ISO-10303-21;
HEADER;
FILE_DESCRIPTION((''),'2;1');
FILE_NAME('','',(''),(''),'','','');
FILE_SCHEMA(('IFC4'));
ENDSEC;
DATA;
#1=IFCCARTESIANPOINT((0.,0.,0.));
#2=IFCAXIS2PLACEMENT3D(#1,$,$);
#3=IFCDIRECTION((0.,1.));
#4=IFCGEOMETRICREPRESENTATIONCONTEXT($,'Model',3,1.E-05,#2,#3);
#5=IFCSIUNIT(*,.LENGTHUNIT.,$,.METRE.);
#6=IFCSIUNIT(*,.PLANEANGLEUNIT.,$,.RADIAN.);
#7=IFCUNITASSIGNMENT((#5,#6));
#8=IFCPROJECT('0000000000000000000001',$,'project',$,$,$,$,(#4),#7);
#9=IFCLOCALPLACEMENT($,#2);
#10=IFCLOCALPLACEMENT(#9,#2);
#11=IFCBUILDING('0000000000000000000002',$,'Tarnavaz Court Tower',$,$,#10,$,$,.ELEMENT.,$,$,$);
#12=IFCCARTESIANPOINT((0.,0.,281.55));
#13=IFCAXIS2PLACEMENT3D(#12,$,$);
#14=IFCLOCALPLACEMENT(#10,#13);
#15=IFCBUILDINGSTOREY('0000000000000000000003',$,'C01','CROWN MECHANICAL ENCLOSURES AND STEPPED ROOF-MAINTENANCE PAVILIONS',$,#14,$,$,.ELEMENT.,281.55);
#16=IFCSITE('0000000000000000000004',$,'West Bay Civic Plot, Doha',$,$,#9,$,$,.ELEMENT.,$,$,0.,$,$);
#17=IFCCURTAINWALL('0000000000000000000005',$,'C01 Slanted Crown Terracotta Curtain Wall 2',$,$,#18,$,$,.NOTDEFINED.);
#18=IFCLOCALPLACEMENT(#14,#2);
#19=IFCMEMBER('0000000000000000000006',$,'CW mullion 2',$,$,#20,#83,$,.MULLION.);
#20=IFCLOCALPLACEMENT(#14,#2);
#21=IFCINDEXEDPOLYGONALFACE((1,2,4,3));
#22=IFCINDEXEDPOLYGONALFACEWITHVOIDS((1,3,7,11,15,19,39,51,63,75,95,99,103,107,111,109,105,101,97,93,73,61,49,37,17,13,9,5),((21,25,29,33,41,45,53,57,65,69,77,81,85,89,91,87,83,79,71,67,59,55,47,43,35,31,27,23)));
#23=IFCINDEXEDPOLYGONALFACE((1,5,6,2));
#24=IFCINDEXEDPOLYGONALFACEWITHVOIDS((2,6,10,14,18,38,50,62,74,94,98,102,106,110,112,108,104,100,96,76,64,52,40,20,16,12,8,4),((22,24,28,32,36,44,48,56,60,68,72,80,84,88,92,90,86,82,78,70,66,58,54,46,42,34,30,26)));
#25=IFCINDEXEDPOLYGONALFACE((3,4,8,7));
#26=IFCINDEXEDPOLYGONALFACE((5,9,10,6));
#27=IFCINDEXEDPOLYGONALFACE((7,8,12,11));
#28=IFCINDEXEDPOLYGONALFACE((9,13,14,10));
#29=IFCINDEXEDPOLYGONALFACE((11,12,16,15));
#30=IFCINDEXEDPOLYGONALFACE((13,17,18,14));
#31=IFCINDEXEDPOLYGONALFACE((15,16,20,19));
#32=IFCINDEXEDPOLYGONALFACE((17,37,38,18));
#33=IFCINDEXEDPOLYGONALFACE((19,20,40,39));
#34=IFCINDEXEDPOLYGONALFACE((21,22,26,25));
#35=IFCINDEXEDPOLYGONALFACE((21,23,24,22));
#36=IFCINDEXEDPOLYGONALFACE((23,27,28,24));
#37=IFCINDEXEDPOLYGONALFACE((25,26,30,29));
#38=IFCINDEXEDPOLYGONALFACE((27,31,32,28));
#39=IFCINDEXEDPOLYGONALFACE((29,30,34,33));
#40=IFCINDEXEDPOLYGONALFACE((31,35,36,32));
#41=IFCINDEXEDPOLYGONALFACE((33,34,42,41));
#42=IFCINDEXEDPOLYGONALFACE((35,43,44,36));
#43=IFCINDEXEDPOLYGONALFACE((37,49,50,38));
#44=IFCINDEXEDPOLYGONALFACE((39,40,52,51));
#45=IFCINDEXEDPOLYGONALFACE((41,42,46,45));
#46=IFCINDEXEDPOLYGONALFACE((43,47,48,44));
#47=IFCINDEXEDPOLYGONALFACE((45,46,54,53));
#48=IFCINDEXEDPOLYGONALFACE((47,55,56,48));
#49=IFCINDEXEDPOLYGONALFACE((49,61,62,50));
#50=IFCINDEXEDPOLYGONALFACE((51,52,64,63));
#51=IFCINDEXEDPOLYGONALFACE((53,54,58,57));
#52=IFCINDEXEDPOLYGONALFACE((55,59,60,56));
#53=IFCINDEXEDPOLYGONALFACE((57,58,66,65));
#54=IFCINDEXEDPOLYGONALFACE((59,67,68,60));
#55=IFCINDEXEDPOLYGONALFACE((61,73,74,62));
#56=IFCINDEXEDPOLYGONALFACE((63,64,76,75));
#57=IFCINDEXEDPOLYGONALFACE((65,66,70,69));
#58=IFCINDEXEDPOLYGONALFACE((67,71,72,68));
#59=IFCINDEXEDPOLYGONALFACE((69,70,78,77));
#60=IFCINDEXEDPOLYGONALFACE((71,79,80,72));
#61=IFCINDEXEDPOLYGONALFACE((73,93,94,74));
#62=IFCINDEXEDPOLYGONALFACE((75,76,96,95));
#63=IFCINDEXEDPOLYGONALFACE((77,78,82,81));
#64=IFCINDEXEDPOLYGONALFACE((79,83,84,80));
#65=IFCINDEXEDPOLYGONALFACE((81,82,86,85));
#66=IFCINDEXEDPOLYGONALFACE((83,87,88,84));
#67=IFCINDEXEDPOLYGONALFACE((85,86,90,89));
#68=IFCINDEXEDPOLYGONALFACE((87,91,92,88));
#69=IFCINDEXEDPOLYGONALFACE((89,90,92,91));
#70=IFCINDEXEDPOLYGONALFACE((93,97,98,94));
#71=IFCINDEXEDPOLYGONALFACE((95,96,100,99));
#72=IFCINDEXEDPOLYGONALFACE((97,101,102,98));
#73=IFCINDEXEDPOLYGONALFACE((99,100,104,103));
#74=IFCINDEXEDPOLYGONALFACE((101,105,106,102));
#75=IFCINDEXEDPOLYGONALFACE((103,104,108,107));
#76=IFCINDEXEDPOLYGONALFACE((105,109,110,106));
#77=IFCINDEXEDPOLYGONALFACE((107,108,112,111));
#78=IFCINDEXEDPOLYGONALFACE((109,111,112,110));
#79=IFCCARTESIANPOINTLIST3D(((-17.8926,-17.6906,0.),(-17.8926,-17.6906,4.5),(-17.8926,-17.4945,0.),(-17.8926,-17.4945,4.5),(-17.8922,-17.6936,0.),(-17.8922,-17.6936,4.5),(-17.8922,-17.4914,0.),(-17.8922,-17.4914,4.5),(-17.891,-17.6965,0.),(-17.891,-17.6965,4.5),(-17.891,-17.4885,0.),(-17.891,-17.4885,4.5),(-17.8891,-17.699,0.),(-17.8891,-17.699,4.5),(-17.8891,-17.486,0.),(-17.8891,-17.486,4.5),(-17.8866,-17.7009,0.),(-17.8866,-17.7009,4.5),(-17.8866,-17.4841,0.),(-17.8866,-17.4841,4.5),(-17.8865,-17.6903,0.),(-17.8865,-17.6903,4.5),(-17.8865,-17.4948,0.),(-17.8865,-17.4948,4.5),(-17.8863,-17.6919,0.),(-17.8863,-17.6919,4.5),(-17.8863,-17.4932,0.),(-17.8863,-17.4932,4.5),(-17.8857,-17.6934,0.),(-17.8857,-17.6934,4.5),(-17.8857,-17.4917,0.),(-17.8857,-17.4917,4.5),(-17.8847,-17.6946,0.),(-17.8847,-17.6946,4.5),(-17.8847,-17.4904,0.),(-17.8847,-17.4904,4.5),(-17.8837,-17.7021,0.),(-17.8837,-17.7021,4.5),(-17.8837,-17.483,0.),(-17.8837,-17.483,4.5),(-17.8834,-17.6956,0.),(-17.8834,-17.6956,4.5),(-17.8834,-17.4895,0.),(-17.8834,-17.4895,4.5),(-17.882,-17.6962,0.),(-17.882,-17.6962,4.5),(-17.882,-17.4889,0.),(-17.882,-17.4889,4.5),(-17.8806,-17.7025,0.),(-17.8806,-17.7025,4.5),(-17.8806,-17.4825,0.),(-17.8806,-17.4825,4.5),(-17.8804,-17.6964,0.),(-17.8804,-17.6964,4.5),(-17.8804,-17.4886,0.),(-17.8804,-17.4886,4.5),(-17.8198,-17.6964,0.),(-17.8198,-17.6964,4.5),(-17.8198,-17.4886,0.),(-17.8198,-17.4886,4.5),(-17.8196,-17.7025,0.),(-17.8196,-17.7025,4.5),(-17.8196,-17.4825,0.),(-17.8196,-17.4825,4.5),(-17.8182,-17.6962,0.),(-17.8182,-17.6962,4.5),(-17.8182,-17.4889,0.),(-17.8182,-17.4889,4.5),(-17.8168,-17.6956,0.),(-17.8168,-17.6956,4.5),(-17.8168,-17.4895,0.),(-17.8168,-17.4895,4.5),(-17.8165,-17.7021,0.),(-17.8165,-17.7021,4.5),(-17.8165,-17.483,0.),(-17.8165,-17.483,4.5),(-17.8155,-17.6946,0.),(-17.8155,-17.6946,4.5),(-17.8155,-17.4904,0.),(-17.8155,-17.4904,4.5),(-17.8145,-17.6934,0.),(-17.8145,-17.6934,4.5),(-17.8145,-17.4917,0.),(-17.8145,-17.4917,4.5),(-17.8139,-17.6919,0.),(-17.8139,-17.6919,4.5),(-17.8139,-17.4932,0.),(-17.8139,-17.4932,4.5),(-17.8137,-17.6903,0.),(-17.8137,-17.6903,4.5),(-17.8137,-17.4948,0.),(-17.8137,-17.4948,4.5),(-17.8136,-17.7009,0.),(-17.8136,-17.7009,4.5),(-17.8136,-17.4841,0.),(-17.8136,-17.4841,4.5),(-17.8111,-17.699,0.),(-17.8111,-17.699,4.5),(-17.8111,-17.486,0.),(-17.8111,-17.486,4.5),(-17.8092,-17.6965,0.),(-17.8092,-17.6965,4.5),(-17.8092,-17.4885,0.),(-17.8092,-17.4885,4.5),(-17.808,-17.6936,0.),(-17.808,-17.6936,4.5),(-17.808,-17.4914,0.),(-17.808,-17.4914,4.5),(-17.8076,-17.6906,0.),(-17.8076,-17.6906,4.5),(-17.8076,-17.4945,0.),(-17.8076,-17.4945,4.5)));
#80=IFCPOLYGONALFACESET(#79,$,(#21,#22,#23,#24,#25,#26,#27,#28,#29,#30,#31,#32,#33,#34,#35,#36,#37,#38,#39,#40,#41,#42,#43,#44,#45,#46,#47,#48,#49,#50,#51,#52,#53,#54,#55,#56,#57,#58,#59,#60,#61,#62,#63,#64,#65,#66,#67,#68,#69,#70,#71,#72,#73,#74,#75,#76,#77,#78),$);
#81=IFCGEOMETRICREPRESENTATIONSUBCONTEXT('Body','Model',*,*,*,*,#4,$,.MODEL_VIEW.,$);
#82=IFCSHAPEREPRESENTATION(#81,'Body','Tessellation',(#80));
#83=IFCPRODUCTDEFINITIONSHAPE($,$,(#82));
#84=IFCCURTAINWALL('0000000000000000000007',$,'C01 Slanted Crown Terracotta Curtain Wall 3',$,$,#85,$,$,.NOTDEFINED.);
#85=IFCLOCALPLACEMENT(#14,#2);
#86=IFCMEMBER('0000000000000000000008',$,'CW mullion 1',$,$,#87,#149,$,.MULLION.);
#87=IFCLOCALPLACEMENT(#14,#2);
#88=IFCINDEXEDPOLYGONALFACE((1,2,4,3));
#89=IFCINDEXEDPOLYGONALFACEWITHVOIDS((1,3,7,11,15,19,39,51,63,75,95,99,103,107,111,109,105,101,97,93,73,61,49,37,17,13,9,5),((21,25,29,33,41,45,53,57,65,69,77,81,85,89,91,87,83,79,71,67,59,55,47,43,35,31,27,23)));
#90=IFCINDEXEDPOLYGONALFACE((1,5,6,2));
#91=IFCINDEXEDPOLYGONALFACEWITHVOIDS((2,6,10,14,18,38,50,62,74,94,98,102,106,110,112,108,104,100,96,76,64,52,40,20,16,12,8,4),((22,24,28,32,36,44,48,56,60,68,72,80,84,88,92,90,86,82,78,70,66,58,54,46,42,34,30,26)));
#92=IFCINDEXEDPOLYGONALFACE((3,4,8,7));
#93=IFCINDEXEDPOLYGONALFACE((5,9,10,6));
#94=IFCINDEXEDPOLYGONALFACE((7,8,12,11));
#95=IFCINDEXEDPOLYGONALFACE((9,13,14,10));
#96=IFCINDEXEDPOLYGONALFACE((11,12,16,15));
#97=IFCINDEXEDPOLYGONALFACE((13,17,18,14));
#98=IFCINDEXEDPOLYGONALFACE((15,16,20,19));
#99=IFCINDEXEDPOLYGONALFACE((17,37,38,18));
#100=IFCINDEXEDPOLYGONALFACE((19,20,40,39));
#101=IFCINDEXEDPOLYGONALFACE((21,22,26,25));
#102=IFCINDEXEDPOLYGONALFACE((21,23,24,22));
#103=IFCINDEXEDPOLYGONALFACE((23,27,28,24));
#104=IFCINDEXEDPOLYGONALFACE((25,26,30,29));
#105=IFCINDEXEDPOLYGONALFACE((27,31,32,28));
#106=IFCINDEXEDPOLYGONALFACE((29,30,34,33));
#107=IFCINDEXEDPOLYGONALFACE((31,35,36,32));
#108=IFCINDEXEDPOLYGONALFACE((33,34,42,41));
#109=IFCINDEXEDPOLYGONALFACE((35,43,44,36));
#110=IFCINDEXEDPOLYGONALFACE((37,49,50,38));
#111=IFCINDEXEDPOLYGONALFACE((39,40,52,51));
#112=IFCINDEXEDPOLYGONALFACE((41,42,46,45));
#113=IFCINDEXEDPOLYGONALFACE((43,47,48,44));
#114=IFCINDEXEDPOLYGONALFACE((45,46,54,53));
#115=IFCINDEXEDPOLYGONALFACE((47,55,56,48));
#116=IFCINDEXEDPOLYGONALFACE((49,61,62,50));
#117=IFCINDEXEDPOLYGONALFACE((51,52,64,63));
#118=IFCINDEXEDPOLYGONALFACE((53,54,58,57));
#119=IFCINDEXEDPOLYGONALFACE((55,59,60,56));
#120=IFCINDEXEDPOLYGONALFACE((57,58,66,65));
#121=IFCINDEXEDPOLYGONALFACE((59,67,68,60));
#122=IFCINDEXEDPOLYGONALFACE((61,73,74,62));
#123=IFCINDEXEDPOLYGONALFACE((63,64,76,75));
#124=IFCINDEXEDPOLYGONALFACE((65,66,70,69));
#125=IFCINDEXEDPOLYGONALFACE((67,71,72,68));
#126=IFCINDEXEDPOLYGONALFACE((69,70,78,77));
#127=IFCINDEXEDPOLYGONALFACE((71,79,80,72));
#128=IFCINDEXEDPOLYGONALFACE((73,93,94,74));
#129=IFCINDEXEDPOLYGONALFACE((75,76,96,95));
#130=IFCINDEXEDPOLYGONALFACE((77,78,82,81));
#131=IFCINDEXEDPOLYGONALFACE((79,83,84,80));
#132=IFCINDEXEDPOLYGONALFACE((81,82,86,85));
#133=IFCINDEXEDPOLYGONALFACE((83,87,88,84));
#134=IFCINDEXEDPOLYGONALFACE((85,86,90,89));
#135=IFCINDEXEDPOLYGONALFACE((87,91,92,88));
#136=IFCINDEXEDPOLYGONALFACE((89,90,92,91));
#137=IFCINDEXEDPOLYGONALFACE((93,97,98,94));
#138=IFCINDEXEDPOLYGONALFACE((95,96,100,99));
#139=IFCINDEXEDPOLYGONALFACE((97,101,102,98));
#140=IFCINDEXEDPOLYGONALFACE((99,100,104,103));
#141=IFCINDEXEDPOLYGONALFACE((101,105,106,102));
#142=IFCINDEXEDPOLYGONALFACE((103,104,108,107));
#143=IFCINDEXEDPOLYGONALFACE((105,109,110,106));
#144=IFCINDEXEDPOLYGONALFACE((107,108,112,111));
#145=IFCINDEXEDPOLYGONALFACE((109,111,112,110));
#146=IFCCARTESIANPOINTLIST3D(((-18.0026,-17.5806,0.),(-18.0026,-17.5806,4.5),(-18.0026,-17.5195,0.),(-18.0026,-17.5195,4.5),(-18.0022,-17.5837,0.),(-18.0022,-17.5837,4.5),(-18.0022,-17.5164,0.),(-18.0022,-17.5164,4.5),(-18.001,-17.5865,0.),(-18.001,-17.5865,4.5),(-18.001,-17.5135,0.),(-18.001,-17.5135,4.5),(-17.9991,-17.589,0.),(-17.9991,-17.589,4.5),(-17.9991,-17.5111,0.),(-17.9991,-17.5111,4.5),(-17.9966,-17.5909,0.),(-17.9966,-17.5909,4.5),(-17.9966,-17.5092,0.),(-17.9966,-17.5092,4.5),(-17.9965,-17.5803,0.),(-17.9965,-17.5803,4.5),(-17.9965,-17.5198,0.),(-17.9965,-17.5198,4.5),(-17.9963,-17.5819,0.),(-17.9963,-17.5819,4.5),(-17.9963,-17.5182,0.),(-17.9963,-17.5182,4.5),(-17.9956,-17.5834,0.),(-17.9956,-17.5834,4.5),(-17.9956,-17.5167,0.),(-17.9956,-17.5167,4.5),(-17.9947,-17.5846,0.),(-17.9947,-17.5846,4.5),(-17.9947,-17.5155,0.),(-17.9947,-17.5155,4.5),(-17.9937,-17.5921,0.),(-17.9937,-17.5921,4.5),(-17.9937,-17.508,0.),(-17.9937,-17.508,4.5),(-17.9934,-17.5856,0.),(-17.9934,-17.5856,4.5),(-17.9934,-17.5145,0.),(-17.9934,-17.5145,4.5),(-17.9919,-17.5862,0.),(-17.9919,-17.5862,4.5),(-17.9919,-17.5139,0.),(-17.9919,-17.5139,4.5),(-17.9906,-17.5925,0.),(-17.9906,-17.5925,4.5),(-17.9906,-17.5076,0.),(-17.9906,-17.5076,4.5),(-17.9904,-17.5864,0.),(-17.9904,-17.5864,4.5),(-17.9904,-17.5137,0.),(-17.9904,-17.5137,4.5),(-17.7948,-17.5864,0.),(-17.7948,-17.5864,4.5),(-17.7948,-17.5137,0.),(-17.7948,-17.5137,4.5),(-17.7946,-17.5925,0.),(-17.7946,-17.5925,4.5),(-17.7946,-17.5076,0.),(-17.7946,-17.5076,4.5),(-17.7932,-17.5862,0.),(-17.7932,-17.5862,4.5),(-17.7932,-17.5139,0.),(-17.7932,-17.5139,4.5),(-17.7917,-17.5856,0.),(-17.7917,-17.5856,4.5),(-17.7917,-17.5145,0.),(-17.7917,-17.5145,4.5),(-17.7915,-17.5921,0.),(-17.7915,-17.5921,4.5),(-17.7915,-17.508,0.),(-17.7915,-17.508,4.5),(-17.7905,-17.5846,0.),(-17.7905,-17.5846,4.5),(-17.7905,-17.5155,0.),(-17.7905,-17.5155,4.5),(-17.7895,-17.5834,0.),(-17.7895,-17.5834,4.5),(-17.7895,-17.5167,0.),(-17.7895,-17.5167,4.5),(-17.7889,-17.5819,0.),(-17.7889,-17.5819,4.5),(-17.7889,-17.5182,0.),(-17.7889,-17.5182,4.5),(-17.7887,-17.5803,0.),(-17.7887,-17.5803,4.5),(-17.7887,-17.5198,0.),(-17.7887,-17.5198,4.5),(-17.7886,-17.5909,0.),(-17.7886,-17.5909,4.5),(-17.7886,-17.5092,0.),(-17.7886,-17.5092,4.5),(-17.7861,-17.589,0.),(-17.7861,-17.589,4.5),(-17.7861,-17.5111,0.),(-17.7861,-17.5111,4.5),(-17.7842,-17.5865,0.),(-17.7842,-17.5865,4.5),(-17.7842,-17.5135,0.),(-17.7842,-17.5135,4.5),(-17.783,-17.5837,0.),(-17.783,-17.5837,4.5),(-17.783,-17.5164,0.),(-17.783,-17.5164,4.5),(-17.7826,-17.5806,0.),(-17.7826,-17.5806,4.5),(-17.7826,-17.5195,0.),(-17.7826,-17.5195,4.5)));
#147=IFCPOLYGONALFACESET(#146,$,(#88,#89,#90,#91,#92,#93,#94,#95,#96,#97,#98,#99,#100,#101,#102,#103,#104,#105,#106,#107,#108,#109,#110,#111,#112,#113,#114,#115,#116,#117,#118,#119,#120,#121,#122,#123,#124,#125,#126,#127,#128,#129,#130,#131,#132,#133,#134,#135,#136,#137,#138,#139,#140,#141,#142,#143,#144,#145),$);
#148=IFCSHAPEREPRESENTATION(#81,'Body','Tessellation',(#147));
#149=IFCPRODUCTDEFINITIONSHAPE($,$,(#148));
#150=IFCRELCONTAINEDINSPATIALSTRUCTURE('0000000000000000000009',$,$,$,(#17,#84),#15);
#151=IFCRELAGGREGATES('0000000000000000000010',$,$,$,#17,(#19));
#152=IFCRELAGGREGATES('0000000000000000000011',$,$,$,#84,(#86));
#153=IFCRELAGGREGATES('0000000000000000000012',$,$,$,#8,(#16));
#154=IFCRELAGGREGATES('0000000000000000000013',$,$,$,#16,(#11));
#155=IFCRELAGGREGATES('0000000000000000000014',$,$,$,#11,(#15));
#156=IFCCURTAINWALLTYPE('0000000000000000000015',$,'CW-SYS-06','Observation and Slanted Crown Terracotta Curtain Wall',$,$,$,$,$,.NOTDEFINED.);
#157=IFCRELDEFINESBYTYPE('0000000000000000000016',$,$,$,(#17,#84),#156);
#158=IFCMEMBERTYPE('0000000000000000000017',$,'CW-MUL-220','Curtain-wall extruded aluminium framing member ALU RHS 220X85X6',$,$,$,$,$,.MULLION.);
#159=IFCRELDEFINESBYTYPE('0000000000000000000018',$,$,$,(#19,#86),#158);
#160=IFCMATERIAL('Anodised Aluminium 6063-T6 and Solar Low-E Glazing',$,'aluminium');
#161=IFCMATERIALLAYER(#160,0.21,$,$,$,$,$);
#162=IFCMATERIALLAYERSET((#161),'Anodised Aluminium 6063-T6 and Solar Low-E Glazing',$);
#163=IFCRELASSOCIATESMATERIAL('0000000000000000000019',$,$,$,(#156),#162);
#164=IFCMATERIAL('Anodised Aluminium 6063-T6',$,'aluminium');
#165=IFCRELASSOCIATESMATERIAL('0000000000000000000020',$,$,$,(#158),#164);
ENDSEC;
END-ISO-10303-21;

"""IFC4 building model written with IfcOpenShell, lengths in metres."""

from ifc_helpers import new_model, si_unit, direction, frame, origin, origin_2d, place, context, subcontext, project, spatial, hollow_rectangle, extrude, material, layer, layer_set, material_profile, profile_set, type_object, element, aggregate, save


model = new_model("IFC4")

# Units and contexts
model_context = context("Model", 3, precision=1e-05, world=origin(), true_north=direction((0.0, 1.0)))
body_context = subcontext(model_context, "Body", "Model", "MODEL_VIEW")
ifc_project = project(units=[si_unit("LENGTHUNIT", "METRE"), si_unit("PLANEANGLEUNIT", "RADIAN")], contexts=[model_context])

# Site, building, storey
site_placement = place(None, origin())
site = spatial("IfcSite", under=ifc_project, at=site_placement, Name="West Bay Civic Plot, Doha", CompositionType="ELEMENT", RefElevation=0.0)
building_placement = place(site_placement, origin())
building = spatial("IfcBuilding", under=site, at=building_placement, Name="Tarnavaz Court Tower", CompositionType="ELEMENT")
storey_placement = place(building_placement, frame((0.0, 0.0, 281.55)))
storey = spatial("IfcBuildingStorey", under=building, at=storey_placement, Name="C01", Description="CROWN MECHANICAL ENCLOSURES AND STEPPED ROOF-MAINTENANCE PAVILIONS", CompositionType="ELEMENT", Elevation=281.55)

# Curtain walls, members
ifc_material_1 = material(Name="Anodised Aluminium 6063-T6 and Solar Low-E Glazing", Category="aluminium")
ifc_layer_1 = layer(ifc_material_1, 0.21)
ifc_layer_set_1 = layer_set([ifc_layer_1], Name="Anodised Aluminium 6063-T6 and Solar Low-E Glazing")
curtain_wall_type = type_object("IfcCurtainWallType", Name="CW-SYS-06", Description="Observation and Slanted Crown Terracotta Curtain Wall", PredefinedType="NOTDEFINED", material=ifc_layer_set_1)
ifc_material_2 = material(Name="Anodised Aluminium 6063-T6", Category="aluminium")
ifc_material_profile_1 = material_profile(ifc_material_2, hollow_rectangle(XDim=0.085, YDim=0.22, WallThickness=0.0061, InnerFilletRadius=0.0061, OuterFilletRadius=0.012, at=origin_2d()), Name="ALU RHS 220X85X6")
ifc_profile_set_1 = profile_set([ifc_material_profile_1], Name="Anodised Aluminium 6063-T6")
member_type_1 = type_object("IfcMemberType", Name="CW-MUL-220", Description="Curtain-wall extruded aluminium framing member ALU RHS 220X85X6", PredefinedType="MULLION", material=ifc_profile_set_1)
curtain_wall_1_placement = place(storey_placement, origin())
curtain_wall_1 = element("IfcCurtainWall", 1, at=curtain_wall_1_placement, inside=storey, type_object=curtain_wall_type, Name="C01 Slanted Crown Terracotta Curtain Wall 2", PredefinedType="NOTDEFINED")
member_1_placement = place(storey_placement, frame((-17.8501, -17.5925, 0.0), z_axis=(0.0, 0.0, 1.0), x_axis=(-1.0, 0.0, 0.0)))
member_1 = element("IfcMember", 2, at=member_1_placement, type_object=member_type_1, Name="CW mullion 2", PredefinedType="MULLION", context=body_context, shape_type="SweptSolid", body=[
    extrude(hollow_rectangle(XDim=0.085, YDim=0.22, WallThickness=0.0061, InnerFilletRadius=0.0061, OuterFilletRadius=0.012, at=origin_2d()), origin(), (0.0, 0.0, 1.0), 4.5),
])
curtain_wall_2_placement = place(storey_placement, origin())
curtain_wall_2 = element("IfcCurtainWall", 3, at=curtain_wall_2_placement, inside=storey, type_object=curtain_wall_type, Name="C01 Slanted Crown Terracotta Curtain Wall 3", PredefinedType="NOTDEFINED")
member_2_placement = place(storey_placement, frame((-17.8926, -17.55, 0.0), z_axis=(0.0, 0.0, 1.0), x_axis=(0.0, -1.0, 0.0)))
member_2 = element("IfcMember", 4, at=member_2_placement, type_object=member_type_1, Name="CW mullion 1", PredefinedType="MULLION", context=body_context, shape_type="SweptSolid", body=[
    extrude(hollow_rectangle(XDim=0.085, YDim=0.22, WallThickness=0.0061, InnerFilletRadius=0.0061, OuterFilletRadius=0.012, at=origin_2d()), origin(), (0.0, 0.0, 1.0), 4.5),
])

aggregate(curtain_wall_1, [member_1])
aggregate(curtain_wall_2, [member_2])

save(model, "model.ifc")
